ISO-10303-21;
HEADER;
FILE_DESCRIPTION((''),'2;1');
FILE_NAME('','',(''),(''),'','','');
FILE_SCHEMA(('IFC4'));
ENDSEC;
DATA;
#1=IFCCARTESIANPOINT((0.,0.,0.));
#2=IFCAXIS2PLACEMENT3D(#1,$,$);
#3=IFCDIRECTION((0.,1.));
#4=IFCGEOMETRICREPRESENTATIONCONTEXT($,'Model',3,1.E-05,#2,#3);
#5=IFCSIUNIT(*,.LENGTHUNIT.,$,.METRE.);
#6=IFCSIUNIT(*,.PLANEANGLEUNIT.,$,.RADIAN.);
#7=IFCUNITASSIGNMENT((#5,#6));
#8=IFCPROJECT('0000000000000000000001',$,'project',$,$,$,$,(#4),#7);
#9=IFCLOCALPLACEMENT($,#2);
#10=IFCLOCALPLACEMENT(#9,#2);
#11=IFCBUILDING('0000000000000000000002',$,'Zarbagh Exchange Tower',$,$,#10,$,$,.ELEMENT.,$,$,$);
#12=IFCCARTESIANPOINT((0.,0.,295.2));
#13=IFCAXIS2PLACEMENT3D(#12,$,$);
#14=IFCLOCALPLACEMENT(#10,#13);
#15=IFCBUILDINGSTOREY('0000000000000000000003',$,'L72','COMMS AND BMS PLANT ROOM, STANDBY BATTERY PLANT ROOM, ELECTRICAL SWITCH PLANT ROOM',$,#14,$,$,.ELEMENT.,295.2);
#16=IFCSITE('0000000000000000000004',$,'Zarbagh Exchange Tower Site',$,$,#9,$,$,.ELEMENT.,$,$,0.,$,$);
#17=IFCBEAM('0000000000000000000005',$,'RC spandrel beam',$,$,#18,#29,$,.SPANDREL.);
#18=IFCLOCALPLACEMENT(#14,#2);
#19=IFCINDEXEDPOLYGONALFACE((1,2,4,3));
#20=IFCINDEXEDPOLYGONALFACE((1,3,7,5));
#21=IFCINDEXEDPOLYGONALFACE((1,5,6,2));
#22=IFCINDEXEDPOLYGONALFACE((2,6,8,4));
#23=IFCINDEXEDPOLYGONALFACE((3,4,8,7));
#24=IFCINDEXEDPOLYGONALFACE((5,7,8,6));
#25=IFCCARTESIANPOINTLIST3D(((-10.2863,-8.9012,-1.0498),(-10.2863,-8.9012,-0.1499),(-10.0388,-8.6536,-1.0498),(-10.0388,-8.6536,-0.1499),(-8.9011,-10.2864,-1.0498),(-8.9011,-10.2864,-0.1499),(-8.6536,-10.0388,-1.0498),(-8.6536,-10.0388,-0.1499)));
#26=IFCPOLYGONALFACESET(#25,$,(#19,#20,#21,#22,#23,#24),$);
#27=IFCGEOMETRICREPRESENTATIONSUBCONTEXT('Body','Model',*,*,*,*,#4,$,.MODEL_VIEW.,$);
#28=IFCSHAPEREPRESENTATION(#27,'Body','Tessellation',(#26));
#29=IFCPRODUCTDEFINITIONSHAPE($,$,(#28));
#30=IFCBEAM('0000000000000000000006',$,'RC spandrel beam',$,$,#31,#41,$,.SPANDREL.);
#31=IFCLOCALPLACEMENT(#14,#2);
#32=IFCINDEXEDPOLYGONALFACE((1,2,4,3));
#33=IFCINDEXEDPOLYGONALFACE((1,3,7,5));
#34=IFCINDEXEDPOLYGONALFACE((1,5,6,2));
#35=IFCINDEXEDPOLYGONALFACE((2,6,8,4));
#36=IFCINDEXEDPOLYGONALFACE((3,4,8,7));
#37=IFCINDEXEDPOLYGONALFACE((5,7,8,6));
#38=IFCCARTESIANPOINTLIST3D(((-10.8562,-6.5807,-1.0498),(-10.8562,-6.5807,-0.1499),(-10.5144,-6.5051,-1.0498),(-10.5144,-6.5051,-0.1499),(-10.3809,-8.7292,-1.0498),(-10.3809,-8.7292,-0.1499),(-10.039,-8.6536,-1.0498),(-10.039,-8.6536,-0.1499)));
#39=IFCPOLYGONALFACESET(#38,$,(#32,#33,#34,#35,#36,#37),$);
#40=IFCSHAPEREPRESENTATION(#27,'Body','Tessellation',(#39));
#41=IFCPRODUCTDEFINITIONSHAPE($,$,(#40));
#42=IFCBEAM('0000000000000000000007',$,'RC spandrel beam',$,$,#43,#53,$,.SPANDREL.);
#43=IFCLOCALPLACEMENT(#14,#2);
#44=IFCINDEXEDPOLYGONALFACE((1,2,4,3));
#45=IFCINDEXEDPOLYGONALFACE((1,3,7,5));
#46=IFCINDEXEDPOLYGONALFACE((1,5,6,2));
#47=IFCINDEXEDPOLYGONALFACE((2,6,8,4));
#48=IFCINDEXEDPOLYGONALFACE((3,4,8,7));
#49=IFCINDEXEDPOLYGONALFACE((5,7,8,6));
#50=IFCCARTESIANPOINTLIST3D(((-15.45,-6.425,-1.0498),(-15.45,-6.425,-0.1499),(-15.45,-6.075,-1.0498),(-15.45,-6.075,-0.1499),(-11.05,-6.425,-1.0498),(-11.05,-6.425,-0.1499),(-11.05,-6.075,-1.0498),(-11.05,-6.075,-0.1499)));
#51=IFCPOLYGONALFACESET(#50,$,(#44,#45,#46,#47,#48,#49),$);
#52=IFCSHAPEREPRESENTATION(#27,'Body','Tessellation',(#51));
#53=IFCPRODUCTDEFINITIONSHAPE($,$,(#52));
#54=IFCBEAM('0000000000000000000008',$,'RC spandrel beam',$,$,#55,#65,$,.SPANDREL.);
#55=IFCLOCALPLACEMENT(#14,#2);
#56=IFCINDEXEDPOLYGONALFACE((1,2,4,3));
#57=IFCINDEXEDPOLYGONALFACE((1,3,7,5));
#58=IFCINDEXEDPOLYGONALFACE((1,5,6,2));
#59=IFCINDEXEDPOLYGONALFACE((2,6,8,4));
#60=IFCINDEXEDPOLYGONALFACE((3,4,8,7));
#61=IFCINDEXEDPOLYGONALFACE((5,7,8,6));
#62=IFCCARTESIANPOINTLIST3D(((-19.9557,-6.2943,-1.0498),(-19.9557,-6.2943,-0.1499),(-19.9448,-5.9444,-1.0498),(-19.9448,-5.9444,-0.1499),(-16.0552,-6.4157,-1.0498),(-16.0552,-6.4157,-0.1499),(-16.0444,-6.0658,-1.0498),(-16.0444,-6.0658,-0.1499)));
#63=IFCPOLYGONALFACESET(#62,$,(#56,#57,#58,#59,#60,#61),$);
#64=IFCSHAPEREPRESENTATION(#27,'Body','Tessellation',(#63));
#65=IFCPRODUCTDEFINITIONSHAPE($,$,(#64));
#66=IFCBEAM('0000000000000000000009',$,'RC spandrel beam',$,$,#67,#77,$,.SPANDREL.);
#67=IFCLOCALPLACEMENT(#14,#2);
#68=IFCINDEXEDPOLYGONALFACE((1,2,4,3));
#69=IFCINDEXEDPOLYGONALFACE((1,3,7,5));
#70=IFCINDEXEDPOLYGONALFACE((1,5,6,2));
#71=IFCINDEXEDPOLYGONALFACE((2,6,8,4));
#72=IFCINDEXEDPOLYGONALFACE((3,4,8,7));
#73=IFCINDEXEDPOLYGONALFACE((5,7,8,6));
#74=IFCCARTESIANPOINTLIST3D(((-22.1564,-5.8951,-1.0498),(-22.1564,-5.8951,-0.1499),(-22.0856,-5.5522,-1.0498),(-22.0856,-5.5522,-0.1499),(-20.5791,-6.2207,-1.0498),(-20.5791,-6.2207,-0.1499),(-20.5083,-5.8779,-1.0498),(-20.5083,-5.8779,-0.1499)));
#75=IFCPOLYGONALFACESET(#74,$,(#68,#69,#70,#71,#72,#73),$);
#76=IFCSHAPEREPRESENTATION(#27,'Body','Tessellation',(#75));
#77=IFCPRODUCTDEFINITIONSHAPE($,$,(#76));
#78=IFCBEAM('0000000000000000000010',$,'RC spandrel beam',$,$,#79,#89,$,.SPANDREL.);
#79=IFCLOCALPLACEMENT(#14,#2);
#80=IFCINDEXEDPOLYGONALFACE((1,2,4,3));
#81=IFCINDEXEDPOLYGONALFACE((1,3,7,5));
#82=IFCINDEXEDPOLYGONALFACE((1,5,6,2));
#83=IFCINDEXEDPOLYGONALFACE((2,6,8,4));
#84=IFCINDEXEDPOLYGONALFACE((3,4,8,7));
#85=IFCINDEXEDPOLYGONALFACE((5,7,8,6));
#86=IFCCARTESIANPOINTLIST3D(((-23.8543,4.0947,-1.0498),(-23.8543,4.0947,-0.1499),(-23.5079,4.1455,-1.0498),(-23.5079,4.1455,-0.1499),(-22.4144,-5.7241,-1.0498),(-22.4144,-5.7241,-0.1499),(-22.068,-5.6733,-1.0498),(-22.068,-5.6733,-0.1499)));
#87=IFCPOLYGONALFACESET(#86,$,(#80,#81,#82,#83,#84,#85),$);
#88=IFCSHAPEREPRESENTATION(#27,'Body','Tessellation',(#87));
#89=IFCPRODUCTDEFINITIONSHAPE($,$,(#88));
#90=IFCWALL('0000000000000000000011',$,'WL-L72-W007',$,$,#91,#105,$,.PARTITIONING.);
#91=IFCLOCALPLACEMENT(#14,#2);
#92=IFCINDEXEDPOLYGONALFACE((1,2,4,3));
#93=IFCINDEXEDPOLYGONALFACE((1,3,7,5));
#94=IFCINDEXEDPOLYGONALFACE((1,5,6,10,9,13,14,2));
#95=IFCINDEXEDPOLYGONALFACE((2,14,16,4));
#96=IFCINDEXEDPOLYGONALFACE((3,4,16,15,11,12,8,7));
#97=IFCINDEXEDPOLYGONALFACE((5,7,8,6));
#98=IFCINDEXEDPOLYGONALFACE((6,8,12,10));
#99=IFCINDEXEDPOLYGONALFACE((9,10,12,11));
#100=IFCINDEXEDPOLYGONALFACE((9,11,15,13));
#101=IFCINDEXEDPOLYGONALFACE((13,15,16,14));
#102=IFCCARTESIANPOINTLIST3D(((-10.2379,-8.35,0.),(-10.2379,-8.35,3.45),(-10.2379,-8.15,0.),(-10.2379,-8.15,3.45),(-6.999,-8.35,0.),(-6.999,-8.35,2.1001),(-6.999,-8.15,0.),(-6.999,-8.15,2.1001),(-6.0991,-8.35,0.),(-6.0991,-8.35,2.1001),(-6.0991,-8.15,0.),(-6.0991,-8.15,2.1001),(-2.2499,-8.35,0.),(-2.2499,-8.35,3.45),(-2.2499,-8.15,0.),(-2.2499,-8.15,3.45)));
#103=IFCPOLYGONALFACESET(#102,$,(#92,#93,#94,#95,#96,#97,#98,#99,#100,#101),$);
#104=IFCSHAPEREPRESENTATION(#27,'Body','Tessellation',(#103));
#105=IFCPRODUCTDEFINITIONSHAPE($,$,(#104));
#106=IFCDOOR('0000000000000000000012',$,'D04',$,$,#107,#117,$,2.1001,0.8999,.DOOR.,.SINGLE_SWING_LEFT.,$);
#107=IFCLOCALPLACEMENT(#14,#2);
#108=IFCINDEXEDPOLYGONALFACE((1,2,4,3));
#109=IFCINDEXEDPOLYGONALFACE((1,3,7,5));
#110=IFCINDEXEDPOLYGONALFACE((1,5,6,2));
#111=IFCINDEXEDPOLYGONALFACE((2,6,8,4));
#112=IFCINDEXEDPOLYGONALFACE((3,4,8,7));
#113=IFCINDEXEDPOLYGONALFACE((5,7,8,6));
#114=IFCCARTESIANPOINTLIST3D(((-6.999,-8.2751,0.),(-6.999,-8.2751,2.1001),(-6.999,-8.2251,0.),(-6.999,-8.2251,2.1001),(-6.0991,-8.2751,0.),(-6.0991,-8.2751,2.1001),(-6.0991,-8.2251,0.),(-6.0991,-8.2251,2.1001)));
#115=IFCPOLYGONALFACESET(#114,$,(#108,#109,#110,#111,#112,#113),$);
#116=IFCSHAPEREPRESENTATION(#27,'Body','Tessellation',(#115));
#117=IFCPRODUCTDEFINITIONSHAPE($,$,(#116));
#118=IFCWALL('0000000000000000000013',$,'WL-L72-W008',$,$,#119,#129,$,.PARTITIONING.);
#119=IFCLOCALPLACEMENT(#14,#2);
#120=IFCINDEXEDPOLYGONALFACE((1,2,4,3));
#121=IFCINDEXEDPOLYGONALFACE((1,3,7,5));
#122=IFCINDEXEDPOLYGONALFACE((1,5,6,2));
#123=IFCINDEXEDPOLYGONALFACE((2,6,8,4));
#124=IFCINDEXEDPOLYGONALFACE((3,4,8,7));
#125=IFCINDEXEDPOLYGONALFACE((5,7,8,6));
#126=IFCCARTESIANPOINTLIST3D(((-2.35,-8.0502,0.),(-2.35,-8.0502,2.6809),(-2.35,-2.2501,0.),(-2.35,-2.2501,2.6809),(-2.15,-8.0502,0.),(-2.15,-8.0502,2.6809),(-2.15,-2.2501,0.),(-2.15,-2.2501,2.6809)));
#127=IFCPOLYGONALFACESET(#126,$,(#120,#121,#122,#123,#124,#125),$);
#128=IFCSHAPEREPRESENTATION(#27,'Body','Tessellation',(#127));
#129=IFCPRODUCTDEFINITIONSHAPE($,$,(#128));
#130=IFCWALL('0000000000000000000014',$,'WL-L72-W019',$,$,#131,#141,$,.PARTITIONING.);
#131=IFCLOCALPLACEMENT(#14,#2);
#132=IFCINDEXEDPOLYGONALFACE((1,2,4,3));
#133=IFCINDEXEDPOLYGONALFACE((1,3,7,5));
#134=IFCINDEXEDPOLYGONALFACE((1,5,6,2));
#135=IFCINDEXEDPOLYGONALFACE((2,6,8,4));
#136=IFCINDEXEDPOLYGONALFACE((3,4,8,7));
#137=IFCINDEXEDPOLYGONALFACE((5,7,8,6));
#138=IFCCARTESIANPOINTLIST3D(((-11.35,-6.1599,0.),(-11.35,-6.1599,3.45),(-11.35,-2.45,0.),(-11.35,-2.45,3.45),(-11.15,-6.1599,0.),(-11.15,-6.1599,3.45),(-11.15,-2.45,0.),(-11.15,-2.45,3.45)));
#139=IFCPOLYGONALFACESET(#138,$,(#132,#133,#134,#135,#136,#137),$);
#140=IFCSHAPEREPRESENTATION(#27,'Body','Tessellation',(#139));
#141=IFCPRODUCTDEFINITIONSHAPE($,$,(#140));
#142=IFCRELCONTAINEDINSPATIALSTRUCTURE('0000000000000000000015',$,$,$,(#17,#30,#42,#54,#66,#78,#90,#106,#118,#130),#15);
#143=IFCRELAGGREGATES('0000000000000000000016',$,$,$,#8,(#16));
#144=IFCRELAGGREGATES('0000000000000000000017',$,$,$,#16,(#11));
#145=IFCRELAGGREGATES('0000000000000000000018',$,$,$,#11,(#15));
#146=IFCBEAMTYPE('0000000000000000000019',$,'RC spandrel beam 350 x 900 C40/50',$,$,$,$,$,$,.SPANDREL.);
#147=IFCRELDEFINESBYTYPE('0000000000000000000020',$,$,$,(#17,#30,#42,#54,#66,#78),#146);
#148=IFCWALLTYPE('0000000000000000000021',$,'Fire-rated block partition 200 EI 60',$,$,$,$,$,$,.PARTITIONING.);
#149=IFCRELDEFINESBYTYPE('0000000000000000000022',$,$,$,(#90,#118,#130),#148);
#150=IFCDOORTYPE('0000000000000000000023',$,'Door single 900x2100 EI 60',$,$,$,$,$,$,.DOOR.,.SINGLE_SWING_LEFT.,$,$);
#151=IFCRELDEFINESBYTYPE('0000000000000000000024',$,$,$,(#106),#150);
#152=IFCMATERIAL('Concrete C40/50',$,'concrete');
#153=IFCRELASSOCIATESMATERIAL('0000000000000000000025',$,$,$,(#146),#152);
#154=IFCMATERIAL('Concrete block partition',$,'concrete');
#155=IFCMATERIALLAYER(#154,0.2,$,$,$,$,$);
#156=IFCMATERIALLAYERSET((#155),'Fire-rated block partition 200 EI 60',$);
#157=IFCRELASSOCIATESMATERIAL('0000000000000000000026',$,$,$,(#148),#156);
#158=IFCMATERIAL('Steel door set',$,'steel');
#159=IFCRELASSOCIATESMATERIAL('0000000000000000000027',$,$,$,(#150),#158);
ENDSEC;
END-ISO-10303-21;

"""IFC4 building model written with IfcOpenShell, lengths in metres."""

from ifc_helpers import new_model, si_unit, direction, frame, frame_2d, origin, origin_2d, place, context, subcontext, project, spatial, rectangle, extrude, material, layer, layer_set, material_profile, profile_set, type_object, element, fill, save


model = new_model("IFC4")

# Units and contexts
model_context = context("Model", 3, precision=1e-05, world=origin(), true_north=direction((0.0, 1.0)))
body_context = subcontext(model_context, "Body", "Model", "MODEL_VIEW")
ifc_project = project(units=[si_unit("LENGTHUNIT", "METRE"), si_unit("PLANEANGLEUNIT", "RADIAN")], contexts=[model_context])

# Site, building, storey
site_placement = place(None, origin())
site = spatial("IfcSite", under=ifc_project, at=site_placement, Name="Zarbagh Exchange Tower Site", CompositionType="ELEMENT", RefElevation=0.0)
building_placement = place(site_placement, origin())
building = spatial("IfcBuilding", under=site, at=building_placement, Name="Zarbagh Exchange Tower", CompositionType="ELEMENT")
storey_placement = place(building_placement, frame((0.0, 0.0, 295.2)))
storey = spatial("IfcBuildingStorey", under=building, at=storey_placement, Name="L72", Description="COMMS AND BMS PLANT ROOM, STANDBY BATTERY PLANT ROOM, ELECTRICAL SWITCH PLANT ROOM", CompositionType="ELEMENT", Elevation=295.2)

# Shared definitions
ifc_material_1 = material(Name="Concrete C40/50", Category="concrete")

# Beams
ifc_material_profile_1 = material_profile(ifc_material_1, rectangle(XDim=0.3501, YDim=0.8999, at=origin_2d()), Name="RC spandrel beam 350 x 900 C40/50")
ifc_profile_set_1 = profile_set([ifc_material_profile_1], Name="Concrete C40/50")
beam_type_1 = type_object("IfcBeamType", Name="RC spandrel beam 350 x 900 C40/50", PredefinedType="SPANDREL", material=ifc_profile_set_1)
beam_1_placement = place(storey_placement, frame((-8.7773, -10.1626, -0.5999), z_axis=(-0.707107, 0.707107, 0.0), x_axis=(-0.707107, -0.707107, 0.0)))
element("IfcBeam", 1, at=beam_1_placement, inside=storey, type_object=beam_type_1, Name="RC spandrel beam", PredefinedType="SPANDREL", context=body_context, shape_type="SweptSolid", body=[
    extrude(rectangle(XDim=0.3501, YDim=0.8999, at=origin_2d()), origin(), (0.0, 0.0, 1.0), 1.959),
])
beam_2_placement = place(storey_placement, frame((-10.21, -8.6914, -0.5999), z_axis=(-0.216026, 0.976388, 0.0), x_axis=(-0.976388, -0.216026, 0.0)))
element("IfcBeam", 2, at=beam_2_placement, inside=storey, type_object=beam_type_1, Name="RC spandrel beam", PredefinedType="SPANDREL", context=body_context, shape_type="SweptSolid", body=[
    extrude(rectangle(XDim=0.3501, YDim=0.8999, at=origin_2d()), origin(), (0.0, 0.0, 1.0), 2.2004),
])
beam_3_placement = place(storey_placement, frame((-11.05, -6.25, -0.5999), z_axis=(-1.0, 0.0, 0.0), x_axis=(0.0, -1.0, 0.0)))
element("IfcBeam", 3, at=beam_3_placement, inside=storey, type_object=beam_type_1, Name="RC spandrel beam", PredefinedType="SPANDREL", context=body_context, shape_type="SweptSolid", body=[
    extrude(rectangle(XDim=0.3501, YDim=0.8999, at=origin_2d()), origin(), (0.0, 0.0, 1.0), 4.3999),
])
beam_4_placement = place(storey_placement, frame((-16.0498, -6.2407, -0.5999), z_axis=(-0.999516, 0.031094, 0.0), x_axis=(-0.031094, -0.999516, 0.0)))
element("IfcBeam", 4, at=beam_4_placement, inside=storey, type_object=beam_type_1, Name="RC spandrel beam", PredefinedType="SPANDREL", context=body_context, shape_type="SweptSolid", body=[
    extrude(rectangle(XDim=0.3501, YDim=0.8999, at=origin_2d()), origin(), (0.0, 0.0, 1.0), 3.9023),
])
beam_5_placement = place(storey_placement, frame((-20.5437, -6.0493, -0.5999), z_axis=(-0.979343, 0.202205, 0.0), x_axis=(-0.202205, -0.979343, 0.0)))
element("IfcBeam", 5, at=beam_5_placement, inside=storey, type_object=beam_type_1, Name="RC spandrel beam", PredefinedType="SPANDREL", context=body_context, shape_type="SweptSolid", body=[
    extrude(rectangle(XDim=0.3501, YDim=0.8999, at=origin_2d()), origin(), (0.0, 0.0, 1.0), 1.6106),
])
beam_6_placement = place(storey_placement, frame((-22.2412, -5.6987, -0.5999), z_axis=(-0.145099, 0.989417, 0.0), x_axis=(-0.989417, -0.145099, 0.0)))
element("IfcBeam", 6, at=beam_6_placement, inside=storey, type_object=beam_type_1, Name="RC spandrel beam", PredefinedType="SPANDREL", context=body_context, shape_type="SweptSolid", body=[
    extrude(rectangle(XDim=0.3501, YDim=0.8999, at=origin_2d()), origin(), (0.0, 0.0, 1.0), 9.9238),
])

# Wall, opening, door
ifc_material_2 = material(Name="Concrete block partition", Category="concrete")
ifc_layer = layer(ifc_material_2, 0.2)
ifc_layer_set = layer_set([ifc_layer], Name="Fire-rated block partition 200 EI 60")
wall_type = type_object("IfcWallType", Name="Fire-rated block partition 200 EI 60", PredefinedType="PARTITIONING", material=ifc_layer_set)
wall_1_placement = place(storey_placement, frame((-10.238, -8.25, 0.0), z_axis=(0.0, 0.0, 1.0), x_axis=(1.0, 0.0, 0.0)))
wall_1 = element("IfcWall", 7, at=wall_1_placement, inside=storey, type_object=wall_type, Name="WL-L72-W007", PredefinedType="PARTITIONING", context=body_context, shape_type="SweptSolid", body=[
    extrude(rectangle(XDim=7.988, YDim=0.2, at=frame_2d((3.9941, 0.0))), origin(), (0.0, 0.0, 1.0), 3.45),
])
opening_placement = place(wall_1_placement, frame((3.239, 0.0, 0.0)))
opening = element("IfcOpeningElement", 8, at=opening_placement, cuts=wall_1, PredefinedType="OPENING", context=body_context, shape_type="SweptSolid", body=[
    extrude(rectangle(XDim=0.8999, YDim=2.1001, at=frame_2d((0.45, 1.05))), frame((0.0, 0.1099, 0.0), z_axis=(0.0, -1.0, 0.0), x_axis=(1.0, 0.0, 0.0)), (0.0, 0.0, 1.0), 0.22),
])
ifc_material_3 = material(Name="Steel door set", Category="steel")
door_type = type_object("IfcDoorType", Name="Door single 900x2100 EI 60", OperationType="SINGLE_SWING_LEFT", PredefinedType="DOOR", material=ifc_material_3)
door_placement = place(opening_placement, origin())
door = element("IfcDoor", 9, at=door_placement, inside=storey, type_object=door_type, Name="D04", OperationType="SINGLE_SWING_LEFT", OverallHeight=2.1001, OverallWidth=0.8999, PredefinedType="DOOR", context=body_context, shape_type="SweptSolid", body=[
    extrude(rectangle(XDim=0.8999, YDim=2.1001, at=frame_2d((0.45, 1.05))), frame((0.0, 0.0249, 0.0), z_axis=(0.0, -1.0, 0.0), x_axis=(1.0, 0.0, 0.0)), (0.0, 0.0, 1.0), 0.05),
])
fill(opening, door)

# Walls
wall_2_placement = place(storey_placement, frame((-2.25, -8.05, 0.0), z_axis=(0.0, 0.0, 1.0), x_axis=(0.0, 1.0, 0.0)))
element("IfcWall", 10, at=wall_2_placement, inside=storey, type_object=wall_type, Name="WL-L72-W008", PredefinedType="PARTITIONING", context=body_context, shape_type="SweptSolid", body=[
    extrude(rectangle(XDim=5.8, YDim=0.2, at=frame_2d((2.8999, 0.0))), origin(), (0.0, 0.0, 1.0), 2.6809),
])
wall_3_placement = place(storey_placement, frame((-11.25, -6.1599, 0.0), z_axis=(0.0, 0.0, 1.0), x_axis=(0.0, 1.0, 0.0)))
element("IfcWall", 11, at=wall_3_placement, inside=storey, type_object=wall_type, Name="WL-L72-W019", PredefinedType="PARTITIONING", context=body_context, shape_type="SweptSolid", body=[
    extrude(rectangle(XDim=3.71, YDim=0.2, at=frame_2d((1.855, 0.0))), origin(), (0.0, 0.0, 1.0), 3.45),
])

save(model, "model.ifc")
